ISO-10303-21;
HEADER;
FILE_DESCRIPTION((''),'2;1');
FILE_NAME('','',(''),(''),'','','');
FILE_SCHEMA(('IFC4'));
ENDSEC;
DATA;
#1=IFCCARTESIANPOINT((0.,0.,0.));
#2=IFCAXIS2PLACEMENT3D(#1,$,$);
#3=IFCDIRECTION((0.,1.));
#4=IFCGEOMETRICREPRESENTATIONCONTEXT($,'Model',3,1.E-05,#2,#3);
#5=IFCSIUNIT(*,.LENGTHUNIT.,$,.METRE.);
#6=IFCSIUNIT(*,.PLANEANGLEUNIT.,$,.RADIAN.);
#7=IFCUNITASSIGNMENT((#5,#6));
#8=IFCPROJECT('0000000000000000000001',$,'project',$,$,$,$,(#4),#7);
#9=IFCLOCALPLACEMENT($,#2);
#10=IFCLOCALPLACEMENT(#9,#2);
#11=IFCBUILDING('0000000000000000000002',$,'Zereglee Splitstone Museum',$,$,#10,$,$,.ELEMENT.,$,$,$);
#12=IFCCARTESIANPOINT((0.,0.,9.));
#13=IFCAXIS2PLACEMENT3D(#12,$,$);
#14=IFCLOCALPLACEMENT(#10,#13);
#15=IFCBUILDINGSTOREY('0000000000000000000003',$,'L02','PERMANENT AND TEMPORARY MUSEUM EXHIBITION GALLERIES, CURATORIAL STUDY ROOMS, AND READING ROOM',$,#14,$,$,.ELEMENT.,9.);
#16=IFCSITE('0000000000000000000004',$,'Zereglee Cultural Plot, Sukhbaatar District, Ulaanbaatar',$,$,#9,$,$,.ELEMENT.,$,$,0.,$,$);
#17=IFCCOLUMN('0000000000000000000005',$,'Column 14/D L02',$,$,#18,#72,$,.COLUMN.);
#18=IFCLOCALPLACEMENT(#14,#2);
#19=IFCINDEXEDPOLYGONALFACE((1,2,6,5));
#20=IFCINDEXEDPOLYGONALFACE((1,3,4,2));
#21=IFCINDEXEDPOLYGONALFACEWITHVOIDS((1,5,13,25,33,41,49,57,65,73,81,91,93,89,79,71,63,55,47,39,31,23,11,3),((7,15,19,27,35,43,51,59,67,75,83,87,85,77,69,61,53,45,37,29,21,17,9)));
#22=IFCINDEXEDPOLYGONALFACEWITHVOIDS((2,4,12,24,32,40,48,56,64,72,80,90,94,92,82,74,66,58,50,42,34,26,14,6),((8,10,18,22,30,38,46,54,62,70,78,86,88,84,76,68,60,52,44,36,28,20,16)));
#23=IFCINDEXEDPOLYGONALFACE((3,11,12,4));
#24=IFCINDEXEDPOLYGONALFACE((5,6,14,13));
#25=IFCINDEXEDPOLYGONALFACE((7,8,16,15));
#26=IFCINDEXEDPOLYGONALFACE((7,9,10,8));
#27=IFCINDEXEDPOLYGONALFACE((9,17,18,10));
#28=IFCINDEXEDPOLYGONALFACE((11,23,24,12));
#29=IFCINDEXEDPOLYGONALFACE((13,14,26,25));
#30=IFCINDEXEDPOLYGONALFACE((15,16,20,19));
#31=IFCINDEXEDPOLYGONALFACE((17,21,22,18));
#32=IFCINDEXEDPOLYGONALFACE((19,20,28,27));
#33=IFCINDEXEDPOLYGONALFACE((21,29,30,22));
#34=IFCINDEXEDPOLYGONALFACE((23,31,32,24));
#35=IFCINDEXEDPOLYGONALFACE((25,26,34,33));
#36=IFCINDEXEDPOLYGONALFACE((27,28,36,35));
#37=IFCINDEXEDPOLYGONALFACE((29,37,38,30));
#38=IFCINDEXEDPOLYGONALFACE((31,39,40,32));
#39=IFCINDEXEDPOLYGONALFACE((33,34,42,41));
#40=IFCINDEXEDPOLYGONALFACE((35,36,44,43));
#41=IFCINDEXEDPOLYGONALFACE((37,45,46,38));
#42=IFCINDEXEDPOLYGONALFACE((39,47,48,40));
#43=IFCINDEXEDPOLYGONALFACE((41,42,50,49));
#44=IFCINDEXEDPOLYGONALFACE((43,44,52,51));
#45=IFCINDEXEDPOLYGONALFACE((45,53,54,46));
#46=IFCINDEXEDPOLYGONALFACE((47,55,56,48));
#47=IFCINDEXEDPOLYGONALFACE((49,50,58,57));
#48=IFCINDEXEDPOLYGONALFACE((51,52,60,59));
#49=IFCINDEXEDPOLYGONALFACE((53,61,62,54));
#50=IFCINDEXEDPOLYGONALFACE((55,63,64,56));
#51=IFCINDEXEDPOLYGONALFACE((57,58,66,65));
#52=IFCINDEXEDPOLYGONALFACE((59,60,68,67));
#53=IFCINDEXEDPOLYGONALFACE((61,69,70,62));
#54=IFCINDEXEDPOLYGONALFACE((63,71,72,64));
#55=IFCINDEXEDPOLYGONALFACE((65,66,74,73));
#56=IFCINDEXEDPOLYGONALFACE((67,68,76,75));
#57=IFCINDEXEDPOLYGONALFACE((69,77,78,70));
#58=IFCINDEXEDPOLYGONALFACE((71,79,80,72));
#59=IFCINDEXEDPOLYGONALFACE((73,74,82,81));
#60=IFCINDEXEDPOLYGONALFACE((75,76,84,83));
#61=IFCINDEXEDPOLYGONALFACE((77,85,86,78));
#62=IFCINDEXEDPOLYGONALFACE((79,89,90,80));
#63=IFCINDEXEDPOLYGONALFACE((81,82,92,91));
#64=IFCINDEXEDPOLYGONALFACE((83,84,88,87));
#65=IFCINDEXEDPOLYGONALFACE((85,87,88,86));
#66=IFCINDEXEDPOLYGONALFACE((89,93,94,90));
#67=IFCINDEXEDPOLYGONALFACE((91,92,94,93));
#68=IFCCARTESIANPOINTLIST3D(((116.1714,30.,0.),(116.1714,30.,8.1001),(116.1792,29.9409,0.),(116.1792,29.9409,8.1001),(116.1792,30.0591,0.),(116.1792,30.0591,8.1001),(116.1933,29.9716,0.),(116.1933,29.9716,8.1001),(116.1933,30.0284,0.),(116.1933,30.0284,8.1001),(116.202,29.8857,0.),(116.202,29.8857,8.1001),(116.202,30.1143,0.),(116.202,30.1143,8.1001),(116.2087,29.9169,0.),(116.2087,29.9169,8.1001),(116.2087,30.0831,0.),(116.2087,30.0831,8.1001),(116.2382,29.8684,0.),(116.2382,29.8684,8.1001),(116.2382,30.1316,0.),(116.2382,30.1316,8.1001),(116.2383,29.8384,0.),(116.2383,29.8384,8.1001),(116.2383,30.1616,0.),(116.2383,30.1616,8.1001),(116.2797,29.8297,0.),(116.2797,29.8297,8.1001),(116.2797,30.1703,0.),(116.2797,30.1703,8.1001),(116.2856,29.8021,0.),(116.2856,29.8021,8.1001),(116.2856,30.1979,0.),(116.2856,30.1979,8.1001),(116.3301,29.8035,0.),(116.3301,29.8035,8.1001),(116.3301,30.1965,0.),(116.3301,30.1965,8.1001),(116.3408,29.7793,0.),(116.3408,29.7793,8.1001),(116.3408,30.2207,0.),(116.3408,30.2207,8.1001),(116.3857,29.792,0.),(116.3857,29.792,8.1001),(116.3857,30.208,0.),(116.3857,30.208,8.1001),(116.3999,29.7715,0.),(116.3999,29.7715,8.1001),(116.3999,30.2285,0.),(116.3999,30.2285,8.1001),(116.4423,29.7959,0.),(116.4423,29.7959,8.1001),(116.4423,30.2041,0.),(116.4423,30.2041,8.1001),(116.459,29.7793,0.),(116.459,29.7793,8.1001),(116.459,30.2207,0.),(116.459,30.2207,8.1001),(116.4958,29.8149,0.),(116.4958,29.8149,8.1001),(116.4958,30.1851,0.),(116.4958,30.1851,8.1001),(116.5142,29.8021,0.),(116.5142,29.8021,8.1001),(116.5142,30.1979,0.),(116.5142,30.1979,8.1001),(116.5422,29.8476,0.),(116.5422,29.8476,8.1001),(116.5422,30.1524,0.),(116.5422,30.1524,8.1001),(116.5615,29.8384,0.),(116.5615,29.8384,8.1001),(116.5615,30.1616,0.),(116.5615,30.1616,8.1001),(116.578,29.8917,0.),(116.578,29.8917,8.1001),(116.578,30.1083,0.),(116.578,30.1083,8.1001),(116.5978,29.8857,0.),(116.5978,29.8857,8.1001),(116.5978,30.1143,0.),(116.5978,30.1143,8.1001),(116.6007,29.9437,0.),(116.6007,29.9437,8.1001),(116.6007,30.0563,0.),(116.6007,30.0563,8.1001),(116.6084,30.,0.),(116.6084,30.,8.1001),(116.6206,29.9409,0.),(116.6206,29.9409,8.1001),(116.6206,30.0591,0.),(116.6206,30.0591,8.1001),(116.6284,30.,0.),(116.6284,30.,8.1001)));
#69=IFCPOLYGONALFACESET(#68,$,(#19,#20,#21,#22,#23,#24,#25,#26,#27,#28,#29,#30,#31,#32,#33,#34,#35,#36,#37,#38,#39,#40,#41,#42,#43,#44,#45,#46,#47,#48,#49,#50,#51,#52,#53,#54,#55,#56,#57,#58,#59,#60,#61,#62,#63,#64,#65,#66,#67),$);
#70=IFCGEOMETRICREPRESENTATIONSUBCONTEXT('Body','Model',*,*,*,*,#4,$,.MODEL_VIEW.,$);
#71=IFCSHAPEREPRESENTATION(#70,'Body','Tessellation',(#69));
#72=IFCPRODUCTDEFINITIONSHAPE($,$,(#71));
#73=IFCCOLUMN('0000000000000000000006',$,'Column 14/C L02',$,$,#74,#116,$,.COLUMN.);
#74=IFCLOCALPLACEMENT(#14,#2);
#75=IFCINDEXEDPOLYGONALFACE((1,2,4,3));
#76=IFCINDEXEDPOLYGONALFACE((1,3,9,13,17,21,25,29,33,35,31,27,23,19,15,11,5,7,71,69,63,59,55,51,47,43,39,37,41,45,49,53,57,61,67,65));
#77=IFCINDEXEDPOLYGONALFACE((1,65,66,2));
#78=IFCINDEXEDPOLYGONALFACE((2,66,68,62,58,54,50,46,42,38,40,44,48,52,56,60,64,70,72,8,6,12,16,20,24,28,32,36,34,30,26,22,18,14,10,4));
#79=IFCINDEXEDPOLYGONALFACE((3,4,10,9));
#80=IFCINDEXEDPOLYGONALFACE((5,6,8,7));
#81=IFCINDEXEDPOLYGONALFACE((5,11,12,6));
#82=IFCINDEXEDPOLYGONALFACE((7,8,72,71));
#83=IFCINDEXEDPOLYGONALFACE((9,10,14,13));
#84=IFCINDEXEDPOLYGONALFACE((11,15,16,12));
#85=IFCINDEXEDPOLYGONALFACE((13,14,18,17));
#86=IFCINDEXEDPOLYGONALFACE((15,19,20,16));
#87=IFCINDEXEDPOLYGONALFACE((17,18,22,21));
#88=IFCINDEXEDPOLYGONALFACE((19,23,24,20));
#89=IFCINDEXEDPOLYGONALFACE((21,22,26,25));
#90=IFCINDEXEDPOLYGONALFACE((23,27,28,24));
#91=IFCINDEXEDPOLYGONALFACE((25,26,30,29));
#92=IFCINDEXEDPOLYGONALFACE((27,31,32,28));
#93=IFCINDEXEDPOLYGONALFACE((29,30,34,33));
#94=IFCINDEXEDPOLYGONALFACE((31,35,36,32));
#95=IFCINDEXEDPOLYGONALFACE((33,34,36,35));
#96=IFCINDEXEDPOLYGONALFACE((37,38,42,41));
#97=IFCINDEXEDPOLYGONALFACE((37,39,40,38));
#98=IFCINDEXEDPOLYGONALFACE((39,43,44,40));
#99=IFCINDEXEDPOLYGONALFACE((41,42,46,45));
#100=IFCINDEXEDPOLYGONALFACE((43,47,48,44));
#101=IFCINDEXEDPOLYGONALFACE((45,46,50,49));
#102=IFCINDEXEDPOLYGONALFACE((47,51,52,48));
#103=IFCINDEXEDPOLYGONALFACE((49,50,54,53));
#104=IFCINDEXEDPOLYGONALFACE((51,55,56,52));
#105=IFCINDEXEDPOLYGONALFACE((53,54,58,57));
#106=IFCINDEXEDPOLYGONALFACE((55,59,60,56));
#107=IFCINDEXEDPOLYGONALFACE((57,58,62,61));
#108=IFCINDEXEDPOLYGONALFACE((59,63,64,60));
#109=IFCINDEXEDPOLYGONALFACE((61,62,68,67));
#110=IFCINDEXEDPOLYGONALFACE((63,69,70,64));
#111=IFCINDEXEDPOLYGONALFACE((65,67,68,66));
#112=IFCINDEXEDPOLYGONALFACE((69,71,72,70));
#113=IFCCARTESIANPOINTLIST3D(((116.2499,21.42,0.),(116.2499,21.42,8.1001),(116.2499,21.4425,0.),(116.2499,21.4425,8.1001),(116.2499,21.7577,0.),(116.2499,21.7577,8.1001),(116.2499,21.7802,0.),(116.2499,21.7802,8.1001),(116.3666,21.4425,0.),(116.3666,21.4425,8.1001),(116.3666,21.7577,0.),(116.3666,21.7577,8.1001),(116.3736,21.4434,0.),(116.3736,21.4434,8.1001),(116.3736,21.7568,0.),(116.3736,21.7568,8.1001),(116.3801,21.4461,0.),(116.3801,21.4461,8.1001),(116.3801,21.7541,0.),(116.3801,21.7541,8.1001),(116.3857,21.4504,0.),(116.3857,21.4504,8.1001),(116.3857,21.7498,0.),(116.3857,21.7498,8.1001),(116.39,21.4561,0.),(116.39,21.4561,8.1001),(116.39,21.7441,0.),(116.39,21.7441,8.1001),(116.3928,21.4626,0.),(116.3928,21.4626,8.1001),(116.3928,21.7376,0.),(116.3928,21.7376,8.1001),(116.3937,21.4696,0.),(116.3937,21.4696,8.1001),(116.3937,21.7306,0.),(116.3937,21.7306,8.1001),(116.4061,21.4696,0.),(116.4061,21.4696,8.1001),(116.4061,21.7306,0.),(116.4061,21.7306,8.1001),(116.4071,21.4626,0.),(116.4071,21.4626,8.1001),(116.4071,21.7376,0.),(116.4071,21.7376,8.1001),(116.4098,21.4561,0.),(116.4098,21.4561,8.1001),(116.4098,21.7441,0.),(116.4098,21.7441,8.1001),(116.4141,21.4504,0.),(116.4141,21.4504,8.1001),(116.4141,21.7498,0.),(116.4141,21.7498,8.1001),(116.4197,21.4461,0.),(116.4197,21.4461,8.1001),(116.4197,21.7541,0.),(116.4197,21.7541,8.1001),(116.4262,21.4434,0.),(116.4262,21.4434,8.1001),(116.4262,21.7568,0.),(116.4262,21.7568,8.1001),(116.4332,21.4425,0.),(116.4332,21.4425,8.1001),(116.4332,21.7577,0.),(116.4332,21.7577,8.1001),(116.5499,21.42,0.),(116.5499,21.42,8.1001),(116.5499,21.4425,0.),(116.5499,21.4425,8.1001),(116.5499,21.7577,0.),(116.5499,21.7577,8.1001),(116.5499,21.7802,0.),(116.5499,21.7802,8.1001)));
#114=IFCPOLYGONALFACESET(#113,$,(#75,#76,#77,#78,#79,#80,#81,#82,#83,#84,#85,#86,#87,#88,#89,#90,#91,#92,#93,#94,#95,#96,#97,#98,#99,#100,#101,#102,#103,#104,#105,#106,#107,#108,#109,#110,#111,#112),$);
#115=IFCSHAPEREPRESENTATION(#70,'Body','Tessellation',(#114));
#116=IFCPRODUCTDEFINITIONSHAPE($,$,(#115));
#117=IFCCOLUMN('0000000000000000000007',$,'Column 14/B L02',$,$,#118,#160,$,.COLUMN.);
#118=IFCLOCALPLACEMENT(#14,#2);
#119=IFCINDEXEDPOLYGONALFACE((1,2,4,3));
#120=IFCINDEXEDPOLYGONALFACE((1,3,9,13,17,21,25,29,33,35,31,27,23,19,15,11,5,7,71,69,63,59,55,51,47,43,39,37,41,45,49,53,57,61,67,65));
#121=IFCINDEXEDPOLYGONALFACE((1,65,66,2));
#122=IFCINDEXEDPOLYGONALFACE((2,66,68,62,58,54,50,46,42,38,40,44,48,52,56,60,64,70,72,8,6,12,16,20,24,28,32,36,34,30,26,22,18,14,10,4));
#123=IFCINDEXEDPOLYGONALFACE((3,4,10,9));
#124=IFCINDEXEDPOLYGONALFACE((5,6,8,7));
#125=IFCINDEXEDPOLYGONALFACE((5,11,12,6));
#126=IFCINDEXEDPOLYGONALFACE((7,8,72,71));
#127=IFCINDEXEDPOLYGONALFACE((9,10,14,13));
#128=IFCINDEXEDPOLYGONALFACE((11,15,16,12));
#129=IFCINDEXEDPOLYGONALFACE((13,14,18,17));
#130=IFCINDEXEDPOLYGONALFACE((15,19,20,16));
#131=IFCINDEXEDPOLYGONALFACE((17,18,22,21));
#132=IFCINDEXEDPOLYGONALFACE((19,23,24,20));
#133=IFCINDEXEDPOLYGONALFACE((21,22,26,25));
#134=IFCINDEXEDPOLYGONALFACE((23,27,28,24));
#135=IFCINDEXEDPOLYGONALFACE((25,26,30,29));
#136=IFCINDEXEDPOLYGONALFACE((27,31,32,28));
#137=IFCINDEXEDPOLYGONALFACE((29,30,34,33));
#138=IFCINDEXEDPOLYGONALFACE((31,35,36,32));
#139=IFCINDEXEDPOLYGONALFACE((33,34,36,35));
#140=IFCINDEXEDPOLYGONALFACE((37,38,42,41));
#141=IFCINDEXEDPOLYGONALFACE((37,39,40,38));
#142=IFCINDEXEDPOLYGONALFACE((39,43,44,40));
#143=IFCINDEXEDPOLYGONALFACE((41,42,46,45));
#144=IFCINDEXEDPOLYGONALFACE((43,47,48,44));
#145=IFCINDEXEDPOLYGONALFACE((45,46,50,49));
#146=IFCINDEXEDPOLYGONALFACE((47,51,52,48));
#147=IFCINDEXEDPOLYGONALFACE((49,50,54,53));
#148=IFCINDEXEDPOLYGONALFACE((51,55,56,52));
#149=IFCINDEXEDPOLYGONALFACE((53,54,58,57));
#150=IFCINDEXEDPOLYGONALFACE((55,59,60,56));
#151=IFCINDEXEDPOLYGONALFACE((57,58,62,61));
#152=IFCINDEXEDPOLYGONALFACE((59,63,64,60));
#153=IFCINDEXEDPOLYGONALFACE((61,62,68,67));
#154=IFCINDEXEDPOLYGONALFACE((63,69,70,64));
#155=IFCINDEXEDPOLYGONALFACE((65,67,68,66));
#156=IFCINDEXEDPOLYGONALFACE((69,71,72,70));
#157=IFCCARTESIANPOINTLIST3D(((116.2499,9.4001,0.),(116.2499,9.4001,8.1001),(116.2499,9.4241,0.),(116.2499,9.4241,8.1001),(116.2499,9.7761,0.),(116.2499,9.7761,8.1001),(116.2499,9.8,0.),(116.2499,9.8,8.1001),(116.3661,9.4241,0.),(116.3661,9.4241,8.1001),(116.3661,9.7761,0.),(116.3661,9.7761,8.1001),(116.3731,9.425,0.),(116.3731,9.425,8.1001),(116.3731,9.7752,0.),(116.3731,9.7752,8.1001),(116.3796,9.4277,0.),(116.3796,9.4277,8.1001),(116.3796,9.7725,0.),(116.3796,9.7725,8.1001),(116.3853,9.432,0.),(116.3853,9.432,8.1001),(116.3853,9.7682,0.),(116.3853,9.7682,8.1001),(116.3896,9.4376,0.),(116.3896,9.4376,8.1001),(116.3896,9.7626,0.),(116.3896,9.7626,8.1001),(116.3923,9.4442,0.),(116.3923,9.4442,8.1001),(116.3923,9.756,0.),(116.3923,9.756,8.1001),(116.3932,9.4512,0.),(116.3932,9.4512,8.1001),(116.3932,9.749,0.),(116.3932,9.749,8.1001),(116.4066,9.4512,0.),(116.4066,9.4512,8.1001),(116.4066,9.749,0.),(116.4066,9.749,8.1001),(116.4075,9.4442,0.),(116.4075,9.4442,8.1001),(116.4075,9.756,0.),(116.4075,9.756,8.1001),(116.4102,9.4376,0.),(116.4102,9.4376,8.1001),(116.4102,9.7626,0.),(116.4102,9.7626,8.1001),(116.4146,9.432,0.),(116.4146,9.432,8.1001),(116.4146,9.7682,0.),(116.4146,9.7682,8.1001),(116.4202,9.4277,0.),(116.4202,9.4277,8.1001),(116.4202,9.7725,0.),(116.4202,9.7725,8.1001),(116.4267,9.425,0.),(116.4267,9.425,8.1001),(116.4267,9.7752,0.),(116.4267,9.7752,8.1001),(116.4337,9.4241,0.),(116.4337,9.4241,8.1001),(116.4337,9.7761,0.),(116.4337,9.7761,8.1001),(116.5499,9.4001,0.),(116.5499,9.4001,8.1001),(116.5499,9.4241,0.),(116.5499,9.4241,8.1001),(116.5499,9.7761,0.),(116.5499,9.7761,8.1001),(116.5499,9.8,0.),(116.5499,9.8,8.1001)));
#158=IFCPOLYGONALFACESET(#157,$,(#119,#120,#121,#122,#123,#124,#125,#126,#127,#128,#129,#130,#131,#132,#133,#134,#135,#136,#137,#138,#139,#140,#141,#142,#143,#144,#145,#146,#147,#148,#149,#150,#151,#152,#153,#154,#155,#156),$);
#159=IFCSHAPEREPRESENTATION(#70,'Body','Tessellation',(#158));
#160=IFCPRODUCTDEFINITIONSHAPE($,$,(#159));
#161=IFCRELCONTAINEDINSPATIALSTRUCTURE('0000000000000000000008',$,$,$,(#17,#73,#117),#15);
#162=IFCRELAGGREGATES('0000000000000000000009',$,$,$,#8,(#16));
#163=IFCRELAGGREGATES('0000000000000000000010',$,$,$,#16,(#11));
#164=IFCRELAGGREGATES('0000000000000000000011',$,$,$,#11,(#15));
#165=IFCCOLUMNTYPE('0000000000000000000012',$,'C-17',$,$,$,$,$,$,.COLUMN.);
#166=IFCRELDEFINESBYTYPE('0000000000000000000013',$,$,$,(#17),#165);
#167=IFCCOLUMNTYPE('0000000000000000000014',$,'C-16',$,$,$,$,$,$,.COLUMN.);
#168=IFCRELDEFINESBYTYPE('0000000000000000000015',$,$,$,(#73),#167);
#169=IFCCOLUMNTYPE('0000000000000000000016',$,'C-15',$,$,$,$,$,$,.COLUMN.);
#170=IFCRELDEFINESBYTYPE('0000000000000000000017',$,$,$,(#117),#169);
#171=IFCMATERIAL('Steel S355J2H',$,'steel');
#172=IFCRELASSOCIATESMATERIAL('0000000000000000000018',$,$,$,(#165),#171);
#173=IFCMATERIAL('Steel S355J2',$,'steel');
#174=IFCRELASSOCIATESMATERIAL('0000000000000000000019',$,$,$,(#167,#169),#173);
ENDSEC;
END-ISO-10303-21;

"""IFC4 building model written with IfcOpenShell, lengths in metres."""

from ifc_helpers import new_model, si_unit, direction, frame, origin, origin_2d, place, context, subcontext, project, spatial, hollow_circle, i_section, extrude, material, material_profile, profile_set, type_object, element, save


model = new_model("IFC4")

# Units and contexts
model_context = context("Model", 3, precision=1e-05, world=origin(), true_north=direction((0.0, 1.0)))
body_context = subcontext(model_context, "Body", "Model", "MODEL_VIEW")
ifc_project = project(units=[si_unit("LENGTHUNIT", "METRE"), si_unit("PLANEANGLEUNIT", "RADIAN")], contexts=[model_context])

# Site, building, storey
site_placement = place(None, origin())
site = spatial("IfcSite", under=ifc_project, at=site_placement, Name="Zereglee Cultural Plot, Sukhbaatar District, Ulaanbaatar", CompositionType="ELEMENT", RefElevation=0.0)
building_placement = place(site_placement, origin())
building = spatial("IfcBuilding", under=site, at=building_placement, Name="Zereglee Splitstone Museum", CompositionType="ELEMENT")
storey_placement = place(building_placement, frame((0.0, 0.0, 9.0)))
storey = spatial("IfcBuildingStorey", under=building, at=storey_placement, Name="L02", Description="PERMANENT AND TEMPORARY MUSEUM EXHIBITION GALLERIES, CURATORIAL STUDY ROOMS, AND READING ROOM", CompositionType="ELEMENT", Elevation=9.0)

# Columns
ifc_material_1 = material(Name="Steel S355J2H", Category="steel")
ifc_material_profile_1 = material_profile(ifc_material_1, hollow_circle(Radius=0.2285, WallThickness=0.02, at=origin_2d()), Name="CHS 457.0x20")
ifc_profile_set_1 = profile_set([ifc_material_profile_1], Name="Steel S355J2H")
column_type_1 = type_object("IfcColumnType", Name="C-17", PredefinedType="COLUMN", material=ifc_profile_set_1)
column_1_placement = place(storey_placement, frame((116.3999, 30.0, 0.0), z_axis=(0.0, 0.0, 1.0), x_axis=(1.0, 0.0, 0.0)))
element("IfcColumn", 1, at=column_1_placement, inside=storey, type_object=column_type_1, Name="Column 14/D L02", PredefinedType="COLUMN", context=body_context, shape_type="SweptSolid", body=[
    extrude(hollow_circle(Radius=0.2285, WallThickness=0.02, at=origin_2d()), origin(), (0.0, 0.0, 1.0), 8.1001),
])
ifc_material_2 = material(Name="Steel S355J2", Category="steel")
ifc_material_profile_2 = material_profile(ifc_material_2, i_section(OverallWidth=0.3, OverallDepth=0.3601, WebThickness=0.0125, FlangeThickness=0.0225, FilletRadius=0.0271, at=origin_2d()), Name="HE 360 B")
ifc_profile_set_2 = profile_set([ifc_material_profile_2], Name="Steel S355J2")
column_type_2 = type_object("IfcColumnType", Name="C-16", PredefinedType="COLUMN", material=ifc_profile_set_2)
column_2_placement = place(storey_placement, frame((116.3999, 21.6001, 0.0), z_axis=(0.0, 0.0, 1.0), x_axis=(1.0, 0.0, 0.0)))
element("IfcColumn", 2, at=column_2_placement, inside=storey, type_object=column_type_2, Name="Column 14/C L02", PredefinedType="COLUMN", context=body_context, shape_type="SweptSolid", body=[
    extrude(i_section(OverallWidth=0.3, OverallDepth=0.3601, WebThickness=0.0125, FlangeThickness=0.0225, FilletRadius=0.0271, at=origin_2d()), origin(), (0.0, 0.0, 1.0), 8.1001),
])
ifc_material_profile_3 = material_profile(ifc_material_2, i_section(OverallWidth=0.3, OverallDepth=0.3999, WebThickness=0.0134, FlangeThickness=0.0239, FilletRadius=0.0271, at=origin_2d()), Name="HE 400 B")
ifc_profile_set_3 = profile_set([ifc_material_profile_3], Name="Steel S355J2")
column_type_3 = type_object("IfcColumnType", Name="C-15", PredefinedType="COLUMN", material=ifc_profile_set_3)
column_3_placement = place(storey_placement, frame((116.3999, 9.6001, 0.0), z_axis=(0.0, 0.0, 1.0), x_axis=(1.0, 0.0, 0.0)))
element("IfcColumn", 3, at=column_3_placement, inside=storey, type_object=column_type_3, Name="Column 14/B L02", PredefinedType="COLUMN", context=body_context, shape_type="SweptSolid", body=[
    extrude(i_section(OverallWidth=0.3, OverallDepth=0.3999, WebThickness=0.0134, FlangeThickness=0.0239, FilletRadius=0.0271, at=origin_2d()), origin(), (0.0, 0.0, 1.0), 8.1001),
])

save(model, "model.ifc")
